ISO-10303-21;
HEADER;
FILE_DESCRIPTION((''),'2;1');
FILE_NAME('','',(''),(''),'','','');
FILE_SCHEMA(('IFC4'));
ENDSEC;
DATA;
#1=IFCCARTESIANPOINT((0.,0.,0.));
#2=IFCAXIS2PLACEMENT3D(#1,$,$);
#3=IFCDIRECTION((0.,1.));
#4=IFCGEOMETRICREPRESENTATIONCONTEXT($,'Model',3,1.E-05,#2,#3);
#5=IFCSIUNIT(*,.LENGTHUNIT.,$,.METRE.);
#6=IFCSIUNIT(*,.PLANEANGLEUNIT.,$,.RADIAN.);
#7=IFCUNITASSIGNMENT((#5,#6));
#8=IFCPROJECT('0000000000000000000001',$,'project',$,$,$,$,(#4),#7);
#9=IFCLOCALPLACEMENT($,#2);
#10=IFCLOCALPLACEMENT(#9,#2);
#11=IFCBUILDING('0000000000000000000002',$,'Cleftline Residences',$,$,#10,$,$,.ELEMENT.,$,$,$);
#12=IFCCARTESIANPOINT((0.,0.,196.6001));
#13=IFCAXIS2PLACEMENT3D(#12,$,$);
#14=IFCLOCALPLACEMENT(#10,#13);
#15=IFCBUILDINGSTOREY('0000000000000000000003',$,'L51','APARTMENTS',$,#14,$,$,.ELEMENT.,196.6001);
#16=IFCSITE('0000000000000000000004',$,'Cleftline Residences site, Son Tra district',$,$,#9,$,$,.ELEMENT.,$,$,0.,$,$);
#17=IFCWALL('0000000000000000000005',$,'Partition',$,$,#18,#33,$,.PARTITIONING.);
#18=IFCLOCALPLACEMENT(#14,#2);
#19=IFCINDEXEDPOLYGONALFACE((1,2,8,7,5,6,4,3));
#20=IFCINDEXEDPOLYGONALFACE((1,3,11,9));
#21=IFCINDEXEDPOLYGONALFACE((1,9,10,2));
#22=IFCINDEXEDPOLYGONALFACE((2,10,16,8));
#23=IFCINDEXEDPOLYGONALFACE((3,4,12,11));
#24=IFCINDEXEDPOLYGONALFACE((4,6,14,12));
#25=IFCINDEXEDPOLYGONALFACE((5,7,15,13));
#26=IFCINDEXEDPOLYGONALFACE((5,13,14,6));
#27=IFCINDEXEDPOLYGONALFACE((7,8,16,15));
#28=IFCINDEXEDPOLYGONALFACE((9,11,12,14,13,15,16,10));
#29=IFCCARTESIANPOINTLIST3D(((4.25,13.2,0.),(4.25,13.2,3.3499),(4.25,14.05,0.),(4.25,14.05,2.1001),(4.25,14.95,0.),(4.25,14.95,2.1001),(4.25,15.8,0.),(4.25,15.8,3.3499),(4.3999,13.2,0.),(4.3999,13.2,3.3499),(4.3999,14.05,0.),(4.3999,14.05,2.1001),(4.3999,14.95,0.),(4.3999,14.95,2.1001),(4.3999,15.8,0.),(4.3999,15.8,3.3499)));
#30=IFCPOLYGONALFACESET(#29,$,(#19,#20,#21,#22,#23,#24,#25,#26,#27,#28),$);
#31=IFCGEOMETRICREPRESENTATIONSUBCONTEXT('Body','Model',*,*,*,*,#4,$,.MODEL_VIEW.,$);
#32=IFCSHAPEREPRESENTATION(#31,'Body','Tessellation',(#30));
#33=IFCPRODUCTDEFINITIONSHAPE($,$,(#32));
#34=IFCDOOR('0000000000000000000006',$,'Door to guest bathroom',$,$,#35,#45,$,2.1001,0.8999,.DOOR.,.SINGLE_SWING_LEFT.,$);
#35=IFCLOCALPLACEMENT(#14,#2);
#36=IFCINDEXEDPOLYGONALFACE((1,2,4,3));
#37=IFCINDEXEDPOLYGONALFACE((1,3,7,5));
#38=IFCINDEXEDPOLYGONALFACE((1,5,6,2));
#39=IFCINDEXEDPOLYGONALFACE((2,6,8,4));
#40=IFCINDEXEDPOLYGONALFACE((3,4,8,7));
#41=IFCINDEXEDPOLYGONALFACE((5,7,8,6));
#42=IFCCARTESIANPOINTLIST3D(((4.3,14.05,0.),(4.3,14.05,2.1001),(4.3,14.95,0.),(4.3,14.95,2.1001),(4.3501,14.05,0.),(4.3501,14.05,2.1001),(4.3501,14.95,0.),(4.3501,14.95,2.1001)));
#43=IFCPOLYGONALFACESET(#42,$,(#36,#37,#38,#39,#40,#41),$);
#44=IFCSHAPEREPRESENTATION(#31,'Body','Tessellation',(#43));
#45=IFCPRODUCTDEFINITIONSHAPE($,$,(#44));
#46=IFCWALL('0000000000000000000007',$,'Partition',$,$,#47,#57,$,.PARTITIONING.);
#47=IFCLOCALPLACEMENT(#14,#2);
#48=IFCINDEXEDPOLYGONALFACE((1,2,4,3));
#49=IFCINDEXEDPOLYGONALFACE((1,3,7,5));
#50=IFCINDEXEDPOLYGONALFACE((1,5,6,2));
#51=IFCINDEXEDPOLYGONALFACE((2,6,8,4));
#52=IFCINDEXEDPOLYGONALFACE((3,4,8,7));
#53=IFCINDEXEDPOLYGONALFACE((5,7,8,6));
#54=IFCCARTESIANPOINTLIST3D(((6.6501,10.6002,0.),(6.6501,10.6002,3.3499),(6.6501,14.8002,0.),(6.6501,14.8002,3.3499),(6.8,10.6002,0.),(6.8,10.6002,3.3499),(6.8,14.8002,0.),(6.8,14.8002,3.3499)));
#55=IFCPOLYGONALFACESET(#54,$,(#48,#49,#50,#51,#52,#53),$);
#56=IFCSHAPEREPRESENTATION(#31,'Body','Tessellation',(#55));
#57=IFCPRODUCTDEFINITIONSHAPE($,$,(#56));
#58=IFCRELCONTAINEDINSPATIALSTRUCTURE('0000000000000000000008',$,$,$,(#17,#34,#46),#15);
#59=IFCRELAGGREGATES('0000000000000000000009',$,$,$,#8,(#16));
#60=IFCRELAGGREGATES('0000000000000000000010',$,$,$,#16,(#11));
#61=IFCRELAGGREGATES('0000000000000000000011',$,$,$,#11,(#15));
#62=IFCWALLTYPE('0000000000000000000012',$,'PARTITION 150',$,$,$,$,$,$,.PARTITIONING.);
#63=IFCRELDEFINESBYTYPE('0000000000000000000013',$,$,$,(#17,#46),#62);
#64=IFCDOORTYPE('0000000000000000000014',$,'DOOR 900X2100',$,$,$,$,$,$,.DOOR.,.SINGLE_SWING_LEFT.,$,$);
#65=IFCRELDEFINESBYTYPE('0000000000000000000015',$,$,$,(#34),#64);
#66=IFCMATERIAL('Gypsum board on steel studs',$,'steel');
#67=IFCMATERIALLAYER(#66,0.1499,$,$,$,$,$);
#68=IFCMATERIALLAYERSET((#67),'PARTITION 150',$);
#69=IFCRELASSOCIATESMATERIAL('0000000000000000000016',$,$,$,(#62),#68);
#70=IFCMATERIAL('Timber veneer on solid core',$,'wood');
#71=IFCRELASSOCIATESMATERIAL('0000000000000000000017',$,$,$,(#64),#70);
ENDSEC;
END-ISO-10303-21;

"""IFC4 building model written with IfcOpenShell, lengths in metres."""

from ifc_helpers import new_model, si_unit, direction, frame, frame_2d, origin, place, context, subcontext, project, spatial, rectangle, extrude, material, layer, layer_set, type_object, element, fill, save


model = new_model("IFC4")

# Units and contexts
model_context = context("Model", 3, precision=1e-05, world=origin(), true_north=direction((0.0, 1.0)))
body_context = subcontext(model_context, "Body", "Model", "MODEL_VIEW")
ifc_project = project(units=[si_unit("LENGTHUNIT", "METRE"), si_unit("PLANEANGLEUNIT", "RADIAN")], contexts=[model_context])

# Site, building, storey
site_placement = place(None, origin())
site = spatial("IfcSite", under=ifc_project, at=site_placement, Name="Cleftline Residences site, Son Tra district", CompositionType="ELEMENT", RefElevation=0.0)
building_placement = place(site_placement, origin())
building = spatial("IfcBuilding", under=site, at=building_placement, Name="Cleftline Residences", CompositionType="ELEMENT")
storey_placement = place(building_placement, frame((0.0, 0.0, 196.6001)))
storey = spatial("IfcBuildingStorey", under=building, at=storey_placement, Name="L51", Description="APARTMENTS", CompositionType="ELEMENT", Elevation=196.6001)

# Shared definitions
ifc_material_1 = material(Name="Gypsum board on steel studs", Category="steel")
ifc_layer = layer(ifc_material_1, 0.1499)
ifc_layer_set = layer_set([ifc_layer], Name="PARTITION 150")
wall_type = type_object("IfcWallType", Name="PARTITION 150", PredefinedType="PARTITIONING", material=ifc_layer_set)
ifc_material_2 = material(Name="Timber veneer on solid core", Category="wood")
door_type_1 = type_object("IfcDoorType", Name="DOOR 900X2100", OperationType="SINGLE_SWING_LEFT", PredefinedType="DOOR", material=ifc_material_2)

# Wall, opening, door
wall_1_placement = place(storey_placement, frame((4.325, 13.2, 0.0), z_axis=(0.0, 0.0, 1.0), x_axis=(0.0, 1.0, 0.0)))
wall_1 = element("IfcWall", 1, at=wall_1_placement, inside=storey, type_object=wall_type, Name="Partition", PredefinedType="PARTITIONING", context=body_context, shape_type="SweptSolid", body=[
    extrude(rectangle(XDim=2.6001, YDim=0.1499, at=frame_2d((1.3, 0.0))), origin(), (0.0, 0.0, 1.0), 3.3499),
])
opening_1_placement = place(wall_1_placement, frame((0.8501, 0.0, 0.0)))
opening_1 = element("IfcOpeningElement", 2, at=opening_1_placement, cuts=wall_1, PredefinedType="OPENING", context=body_context, shape_type="SweptSolid", body=[
    extrude(rectangle(XDim=0.8999, YDim=2.1001, at=frame_2d((0.45, 1.05))), frame((0.0, 0.085, 0.0), z_axis=(0.0, -1.0, 0.0), x_axis=(1.0, 0.0, 0.0)), (0.0, 0.0, 1.0), 0.1699),
])
door_1_placement = place(opening_1_placement, origin())
door_1 = element("IfcDoor", 3, at=door_1_placement, inside=storey, type_object=door_type_1, Name="Door to guest bathroom", OperationType="SINGLE_SWING_LEFT", OverallHeight=2.1001, OverallWidth=0.8999, PredefinedType="DOOR", context=body_context, shape_type="SweptSolid", body=[
    extrude(rectangle(XDim=0.8999, YDim=2.1001, at=frame_2d((0.45, 1.05))), frame((0.0, 0.0249, 0.0), z_axis=(0.0, -1.0, 0.0), x_axis=(1.0, 0.0, 0.0)), (0.0, 0.0, 1.0), 0.05),
])
fill(opening_1, door_1)

# Wall
wall_2_placement = place(storey_placement, frame((6.7251, 10.6001, 0.0), z_axis=(0.0, 0.0, 1.0), x_axis=(0.0, 1.0, 0.0)))
element("IfcWall", 4, at=wall_2_placement, inside=storey, type_object=wall_type, Name="Partition", PredefinedType="PARTITIONING", context=body_context, shape_type="SweptSolid", body=[
    extrude(rectangle(XDim=4.2, YDim=0.1499, at=frame_2d((2.1001, 0.0))), origin(), (0.0, 0.0, 1.0), 3.3499),
])

save(model, "model.ifc")
